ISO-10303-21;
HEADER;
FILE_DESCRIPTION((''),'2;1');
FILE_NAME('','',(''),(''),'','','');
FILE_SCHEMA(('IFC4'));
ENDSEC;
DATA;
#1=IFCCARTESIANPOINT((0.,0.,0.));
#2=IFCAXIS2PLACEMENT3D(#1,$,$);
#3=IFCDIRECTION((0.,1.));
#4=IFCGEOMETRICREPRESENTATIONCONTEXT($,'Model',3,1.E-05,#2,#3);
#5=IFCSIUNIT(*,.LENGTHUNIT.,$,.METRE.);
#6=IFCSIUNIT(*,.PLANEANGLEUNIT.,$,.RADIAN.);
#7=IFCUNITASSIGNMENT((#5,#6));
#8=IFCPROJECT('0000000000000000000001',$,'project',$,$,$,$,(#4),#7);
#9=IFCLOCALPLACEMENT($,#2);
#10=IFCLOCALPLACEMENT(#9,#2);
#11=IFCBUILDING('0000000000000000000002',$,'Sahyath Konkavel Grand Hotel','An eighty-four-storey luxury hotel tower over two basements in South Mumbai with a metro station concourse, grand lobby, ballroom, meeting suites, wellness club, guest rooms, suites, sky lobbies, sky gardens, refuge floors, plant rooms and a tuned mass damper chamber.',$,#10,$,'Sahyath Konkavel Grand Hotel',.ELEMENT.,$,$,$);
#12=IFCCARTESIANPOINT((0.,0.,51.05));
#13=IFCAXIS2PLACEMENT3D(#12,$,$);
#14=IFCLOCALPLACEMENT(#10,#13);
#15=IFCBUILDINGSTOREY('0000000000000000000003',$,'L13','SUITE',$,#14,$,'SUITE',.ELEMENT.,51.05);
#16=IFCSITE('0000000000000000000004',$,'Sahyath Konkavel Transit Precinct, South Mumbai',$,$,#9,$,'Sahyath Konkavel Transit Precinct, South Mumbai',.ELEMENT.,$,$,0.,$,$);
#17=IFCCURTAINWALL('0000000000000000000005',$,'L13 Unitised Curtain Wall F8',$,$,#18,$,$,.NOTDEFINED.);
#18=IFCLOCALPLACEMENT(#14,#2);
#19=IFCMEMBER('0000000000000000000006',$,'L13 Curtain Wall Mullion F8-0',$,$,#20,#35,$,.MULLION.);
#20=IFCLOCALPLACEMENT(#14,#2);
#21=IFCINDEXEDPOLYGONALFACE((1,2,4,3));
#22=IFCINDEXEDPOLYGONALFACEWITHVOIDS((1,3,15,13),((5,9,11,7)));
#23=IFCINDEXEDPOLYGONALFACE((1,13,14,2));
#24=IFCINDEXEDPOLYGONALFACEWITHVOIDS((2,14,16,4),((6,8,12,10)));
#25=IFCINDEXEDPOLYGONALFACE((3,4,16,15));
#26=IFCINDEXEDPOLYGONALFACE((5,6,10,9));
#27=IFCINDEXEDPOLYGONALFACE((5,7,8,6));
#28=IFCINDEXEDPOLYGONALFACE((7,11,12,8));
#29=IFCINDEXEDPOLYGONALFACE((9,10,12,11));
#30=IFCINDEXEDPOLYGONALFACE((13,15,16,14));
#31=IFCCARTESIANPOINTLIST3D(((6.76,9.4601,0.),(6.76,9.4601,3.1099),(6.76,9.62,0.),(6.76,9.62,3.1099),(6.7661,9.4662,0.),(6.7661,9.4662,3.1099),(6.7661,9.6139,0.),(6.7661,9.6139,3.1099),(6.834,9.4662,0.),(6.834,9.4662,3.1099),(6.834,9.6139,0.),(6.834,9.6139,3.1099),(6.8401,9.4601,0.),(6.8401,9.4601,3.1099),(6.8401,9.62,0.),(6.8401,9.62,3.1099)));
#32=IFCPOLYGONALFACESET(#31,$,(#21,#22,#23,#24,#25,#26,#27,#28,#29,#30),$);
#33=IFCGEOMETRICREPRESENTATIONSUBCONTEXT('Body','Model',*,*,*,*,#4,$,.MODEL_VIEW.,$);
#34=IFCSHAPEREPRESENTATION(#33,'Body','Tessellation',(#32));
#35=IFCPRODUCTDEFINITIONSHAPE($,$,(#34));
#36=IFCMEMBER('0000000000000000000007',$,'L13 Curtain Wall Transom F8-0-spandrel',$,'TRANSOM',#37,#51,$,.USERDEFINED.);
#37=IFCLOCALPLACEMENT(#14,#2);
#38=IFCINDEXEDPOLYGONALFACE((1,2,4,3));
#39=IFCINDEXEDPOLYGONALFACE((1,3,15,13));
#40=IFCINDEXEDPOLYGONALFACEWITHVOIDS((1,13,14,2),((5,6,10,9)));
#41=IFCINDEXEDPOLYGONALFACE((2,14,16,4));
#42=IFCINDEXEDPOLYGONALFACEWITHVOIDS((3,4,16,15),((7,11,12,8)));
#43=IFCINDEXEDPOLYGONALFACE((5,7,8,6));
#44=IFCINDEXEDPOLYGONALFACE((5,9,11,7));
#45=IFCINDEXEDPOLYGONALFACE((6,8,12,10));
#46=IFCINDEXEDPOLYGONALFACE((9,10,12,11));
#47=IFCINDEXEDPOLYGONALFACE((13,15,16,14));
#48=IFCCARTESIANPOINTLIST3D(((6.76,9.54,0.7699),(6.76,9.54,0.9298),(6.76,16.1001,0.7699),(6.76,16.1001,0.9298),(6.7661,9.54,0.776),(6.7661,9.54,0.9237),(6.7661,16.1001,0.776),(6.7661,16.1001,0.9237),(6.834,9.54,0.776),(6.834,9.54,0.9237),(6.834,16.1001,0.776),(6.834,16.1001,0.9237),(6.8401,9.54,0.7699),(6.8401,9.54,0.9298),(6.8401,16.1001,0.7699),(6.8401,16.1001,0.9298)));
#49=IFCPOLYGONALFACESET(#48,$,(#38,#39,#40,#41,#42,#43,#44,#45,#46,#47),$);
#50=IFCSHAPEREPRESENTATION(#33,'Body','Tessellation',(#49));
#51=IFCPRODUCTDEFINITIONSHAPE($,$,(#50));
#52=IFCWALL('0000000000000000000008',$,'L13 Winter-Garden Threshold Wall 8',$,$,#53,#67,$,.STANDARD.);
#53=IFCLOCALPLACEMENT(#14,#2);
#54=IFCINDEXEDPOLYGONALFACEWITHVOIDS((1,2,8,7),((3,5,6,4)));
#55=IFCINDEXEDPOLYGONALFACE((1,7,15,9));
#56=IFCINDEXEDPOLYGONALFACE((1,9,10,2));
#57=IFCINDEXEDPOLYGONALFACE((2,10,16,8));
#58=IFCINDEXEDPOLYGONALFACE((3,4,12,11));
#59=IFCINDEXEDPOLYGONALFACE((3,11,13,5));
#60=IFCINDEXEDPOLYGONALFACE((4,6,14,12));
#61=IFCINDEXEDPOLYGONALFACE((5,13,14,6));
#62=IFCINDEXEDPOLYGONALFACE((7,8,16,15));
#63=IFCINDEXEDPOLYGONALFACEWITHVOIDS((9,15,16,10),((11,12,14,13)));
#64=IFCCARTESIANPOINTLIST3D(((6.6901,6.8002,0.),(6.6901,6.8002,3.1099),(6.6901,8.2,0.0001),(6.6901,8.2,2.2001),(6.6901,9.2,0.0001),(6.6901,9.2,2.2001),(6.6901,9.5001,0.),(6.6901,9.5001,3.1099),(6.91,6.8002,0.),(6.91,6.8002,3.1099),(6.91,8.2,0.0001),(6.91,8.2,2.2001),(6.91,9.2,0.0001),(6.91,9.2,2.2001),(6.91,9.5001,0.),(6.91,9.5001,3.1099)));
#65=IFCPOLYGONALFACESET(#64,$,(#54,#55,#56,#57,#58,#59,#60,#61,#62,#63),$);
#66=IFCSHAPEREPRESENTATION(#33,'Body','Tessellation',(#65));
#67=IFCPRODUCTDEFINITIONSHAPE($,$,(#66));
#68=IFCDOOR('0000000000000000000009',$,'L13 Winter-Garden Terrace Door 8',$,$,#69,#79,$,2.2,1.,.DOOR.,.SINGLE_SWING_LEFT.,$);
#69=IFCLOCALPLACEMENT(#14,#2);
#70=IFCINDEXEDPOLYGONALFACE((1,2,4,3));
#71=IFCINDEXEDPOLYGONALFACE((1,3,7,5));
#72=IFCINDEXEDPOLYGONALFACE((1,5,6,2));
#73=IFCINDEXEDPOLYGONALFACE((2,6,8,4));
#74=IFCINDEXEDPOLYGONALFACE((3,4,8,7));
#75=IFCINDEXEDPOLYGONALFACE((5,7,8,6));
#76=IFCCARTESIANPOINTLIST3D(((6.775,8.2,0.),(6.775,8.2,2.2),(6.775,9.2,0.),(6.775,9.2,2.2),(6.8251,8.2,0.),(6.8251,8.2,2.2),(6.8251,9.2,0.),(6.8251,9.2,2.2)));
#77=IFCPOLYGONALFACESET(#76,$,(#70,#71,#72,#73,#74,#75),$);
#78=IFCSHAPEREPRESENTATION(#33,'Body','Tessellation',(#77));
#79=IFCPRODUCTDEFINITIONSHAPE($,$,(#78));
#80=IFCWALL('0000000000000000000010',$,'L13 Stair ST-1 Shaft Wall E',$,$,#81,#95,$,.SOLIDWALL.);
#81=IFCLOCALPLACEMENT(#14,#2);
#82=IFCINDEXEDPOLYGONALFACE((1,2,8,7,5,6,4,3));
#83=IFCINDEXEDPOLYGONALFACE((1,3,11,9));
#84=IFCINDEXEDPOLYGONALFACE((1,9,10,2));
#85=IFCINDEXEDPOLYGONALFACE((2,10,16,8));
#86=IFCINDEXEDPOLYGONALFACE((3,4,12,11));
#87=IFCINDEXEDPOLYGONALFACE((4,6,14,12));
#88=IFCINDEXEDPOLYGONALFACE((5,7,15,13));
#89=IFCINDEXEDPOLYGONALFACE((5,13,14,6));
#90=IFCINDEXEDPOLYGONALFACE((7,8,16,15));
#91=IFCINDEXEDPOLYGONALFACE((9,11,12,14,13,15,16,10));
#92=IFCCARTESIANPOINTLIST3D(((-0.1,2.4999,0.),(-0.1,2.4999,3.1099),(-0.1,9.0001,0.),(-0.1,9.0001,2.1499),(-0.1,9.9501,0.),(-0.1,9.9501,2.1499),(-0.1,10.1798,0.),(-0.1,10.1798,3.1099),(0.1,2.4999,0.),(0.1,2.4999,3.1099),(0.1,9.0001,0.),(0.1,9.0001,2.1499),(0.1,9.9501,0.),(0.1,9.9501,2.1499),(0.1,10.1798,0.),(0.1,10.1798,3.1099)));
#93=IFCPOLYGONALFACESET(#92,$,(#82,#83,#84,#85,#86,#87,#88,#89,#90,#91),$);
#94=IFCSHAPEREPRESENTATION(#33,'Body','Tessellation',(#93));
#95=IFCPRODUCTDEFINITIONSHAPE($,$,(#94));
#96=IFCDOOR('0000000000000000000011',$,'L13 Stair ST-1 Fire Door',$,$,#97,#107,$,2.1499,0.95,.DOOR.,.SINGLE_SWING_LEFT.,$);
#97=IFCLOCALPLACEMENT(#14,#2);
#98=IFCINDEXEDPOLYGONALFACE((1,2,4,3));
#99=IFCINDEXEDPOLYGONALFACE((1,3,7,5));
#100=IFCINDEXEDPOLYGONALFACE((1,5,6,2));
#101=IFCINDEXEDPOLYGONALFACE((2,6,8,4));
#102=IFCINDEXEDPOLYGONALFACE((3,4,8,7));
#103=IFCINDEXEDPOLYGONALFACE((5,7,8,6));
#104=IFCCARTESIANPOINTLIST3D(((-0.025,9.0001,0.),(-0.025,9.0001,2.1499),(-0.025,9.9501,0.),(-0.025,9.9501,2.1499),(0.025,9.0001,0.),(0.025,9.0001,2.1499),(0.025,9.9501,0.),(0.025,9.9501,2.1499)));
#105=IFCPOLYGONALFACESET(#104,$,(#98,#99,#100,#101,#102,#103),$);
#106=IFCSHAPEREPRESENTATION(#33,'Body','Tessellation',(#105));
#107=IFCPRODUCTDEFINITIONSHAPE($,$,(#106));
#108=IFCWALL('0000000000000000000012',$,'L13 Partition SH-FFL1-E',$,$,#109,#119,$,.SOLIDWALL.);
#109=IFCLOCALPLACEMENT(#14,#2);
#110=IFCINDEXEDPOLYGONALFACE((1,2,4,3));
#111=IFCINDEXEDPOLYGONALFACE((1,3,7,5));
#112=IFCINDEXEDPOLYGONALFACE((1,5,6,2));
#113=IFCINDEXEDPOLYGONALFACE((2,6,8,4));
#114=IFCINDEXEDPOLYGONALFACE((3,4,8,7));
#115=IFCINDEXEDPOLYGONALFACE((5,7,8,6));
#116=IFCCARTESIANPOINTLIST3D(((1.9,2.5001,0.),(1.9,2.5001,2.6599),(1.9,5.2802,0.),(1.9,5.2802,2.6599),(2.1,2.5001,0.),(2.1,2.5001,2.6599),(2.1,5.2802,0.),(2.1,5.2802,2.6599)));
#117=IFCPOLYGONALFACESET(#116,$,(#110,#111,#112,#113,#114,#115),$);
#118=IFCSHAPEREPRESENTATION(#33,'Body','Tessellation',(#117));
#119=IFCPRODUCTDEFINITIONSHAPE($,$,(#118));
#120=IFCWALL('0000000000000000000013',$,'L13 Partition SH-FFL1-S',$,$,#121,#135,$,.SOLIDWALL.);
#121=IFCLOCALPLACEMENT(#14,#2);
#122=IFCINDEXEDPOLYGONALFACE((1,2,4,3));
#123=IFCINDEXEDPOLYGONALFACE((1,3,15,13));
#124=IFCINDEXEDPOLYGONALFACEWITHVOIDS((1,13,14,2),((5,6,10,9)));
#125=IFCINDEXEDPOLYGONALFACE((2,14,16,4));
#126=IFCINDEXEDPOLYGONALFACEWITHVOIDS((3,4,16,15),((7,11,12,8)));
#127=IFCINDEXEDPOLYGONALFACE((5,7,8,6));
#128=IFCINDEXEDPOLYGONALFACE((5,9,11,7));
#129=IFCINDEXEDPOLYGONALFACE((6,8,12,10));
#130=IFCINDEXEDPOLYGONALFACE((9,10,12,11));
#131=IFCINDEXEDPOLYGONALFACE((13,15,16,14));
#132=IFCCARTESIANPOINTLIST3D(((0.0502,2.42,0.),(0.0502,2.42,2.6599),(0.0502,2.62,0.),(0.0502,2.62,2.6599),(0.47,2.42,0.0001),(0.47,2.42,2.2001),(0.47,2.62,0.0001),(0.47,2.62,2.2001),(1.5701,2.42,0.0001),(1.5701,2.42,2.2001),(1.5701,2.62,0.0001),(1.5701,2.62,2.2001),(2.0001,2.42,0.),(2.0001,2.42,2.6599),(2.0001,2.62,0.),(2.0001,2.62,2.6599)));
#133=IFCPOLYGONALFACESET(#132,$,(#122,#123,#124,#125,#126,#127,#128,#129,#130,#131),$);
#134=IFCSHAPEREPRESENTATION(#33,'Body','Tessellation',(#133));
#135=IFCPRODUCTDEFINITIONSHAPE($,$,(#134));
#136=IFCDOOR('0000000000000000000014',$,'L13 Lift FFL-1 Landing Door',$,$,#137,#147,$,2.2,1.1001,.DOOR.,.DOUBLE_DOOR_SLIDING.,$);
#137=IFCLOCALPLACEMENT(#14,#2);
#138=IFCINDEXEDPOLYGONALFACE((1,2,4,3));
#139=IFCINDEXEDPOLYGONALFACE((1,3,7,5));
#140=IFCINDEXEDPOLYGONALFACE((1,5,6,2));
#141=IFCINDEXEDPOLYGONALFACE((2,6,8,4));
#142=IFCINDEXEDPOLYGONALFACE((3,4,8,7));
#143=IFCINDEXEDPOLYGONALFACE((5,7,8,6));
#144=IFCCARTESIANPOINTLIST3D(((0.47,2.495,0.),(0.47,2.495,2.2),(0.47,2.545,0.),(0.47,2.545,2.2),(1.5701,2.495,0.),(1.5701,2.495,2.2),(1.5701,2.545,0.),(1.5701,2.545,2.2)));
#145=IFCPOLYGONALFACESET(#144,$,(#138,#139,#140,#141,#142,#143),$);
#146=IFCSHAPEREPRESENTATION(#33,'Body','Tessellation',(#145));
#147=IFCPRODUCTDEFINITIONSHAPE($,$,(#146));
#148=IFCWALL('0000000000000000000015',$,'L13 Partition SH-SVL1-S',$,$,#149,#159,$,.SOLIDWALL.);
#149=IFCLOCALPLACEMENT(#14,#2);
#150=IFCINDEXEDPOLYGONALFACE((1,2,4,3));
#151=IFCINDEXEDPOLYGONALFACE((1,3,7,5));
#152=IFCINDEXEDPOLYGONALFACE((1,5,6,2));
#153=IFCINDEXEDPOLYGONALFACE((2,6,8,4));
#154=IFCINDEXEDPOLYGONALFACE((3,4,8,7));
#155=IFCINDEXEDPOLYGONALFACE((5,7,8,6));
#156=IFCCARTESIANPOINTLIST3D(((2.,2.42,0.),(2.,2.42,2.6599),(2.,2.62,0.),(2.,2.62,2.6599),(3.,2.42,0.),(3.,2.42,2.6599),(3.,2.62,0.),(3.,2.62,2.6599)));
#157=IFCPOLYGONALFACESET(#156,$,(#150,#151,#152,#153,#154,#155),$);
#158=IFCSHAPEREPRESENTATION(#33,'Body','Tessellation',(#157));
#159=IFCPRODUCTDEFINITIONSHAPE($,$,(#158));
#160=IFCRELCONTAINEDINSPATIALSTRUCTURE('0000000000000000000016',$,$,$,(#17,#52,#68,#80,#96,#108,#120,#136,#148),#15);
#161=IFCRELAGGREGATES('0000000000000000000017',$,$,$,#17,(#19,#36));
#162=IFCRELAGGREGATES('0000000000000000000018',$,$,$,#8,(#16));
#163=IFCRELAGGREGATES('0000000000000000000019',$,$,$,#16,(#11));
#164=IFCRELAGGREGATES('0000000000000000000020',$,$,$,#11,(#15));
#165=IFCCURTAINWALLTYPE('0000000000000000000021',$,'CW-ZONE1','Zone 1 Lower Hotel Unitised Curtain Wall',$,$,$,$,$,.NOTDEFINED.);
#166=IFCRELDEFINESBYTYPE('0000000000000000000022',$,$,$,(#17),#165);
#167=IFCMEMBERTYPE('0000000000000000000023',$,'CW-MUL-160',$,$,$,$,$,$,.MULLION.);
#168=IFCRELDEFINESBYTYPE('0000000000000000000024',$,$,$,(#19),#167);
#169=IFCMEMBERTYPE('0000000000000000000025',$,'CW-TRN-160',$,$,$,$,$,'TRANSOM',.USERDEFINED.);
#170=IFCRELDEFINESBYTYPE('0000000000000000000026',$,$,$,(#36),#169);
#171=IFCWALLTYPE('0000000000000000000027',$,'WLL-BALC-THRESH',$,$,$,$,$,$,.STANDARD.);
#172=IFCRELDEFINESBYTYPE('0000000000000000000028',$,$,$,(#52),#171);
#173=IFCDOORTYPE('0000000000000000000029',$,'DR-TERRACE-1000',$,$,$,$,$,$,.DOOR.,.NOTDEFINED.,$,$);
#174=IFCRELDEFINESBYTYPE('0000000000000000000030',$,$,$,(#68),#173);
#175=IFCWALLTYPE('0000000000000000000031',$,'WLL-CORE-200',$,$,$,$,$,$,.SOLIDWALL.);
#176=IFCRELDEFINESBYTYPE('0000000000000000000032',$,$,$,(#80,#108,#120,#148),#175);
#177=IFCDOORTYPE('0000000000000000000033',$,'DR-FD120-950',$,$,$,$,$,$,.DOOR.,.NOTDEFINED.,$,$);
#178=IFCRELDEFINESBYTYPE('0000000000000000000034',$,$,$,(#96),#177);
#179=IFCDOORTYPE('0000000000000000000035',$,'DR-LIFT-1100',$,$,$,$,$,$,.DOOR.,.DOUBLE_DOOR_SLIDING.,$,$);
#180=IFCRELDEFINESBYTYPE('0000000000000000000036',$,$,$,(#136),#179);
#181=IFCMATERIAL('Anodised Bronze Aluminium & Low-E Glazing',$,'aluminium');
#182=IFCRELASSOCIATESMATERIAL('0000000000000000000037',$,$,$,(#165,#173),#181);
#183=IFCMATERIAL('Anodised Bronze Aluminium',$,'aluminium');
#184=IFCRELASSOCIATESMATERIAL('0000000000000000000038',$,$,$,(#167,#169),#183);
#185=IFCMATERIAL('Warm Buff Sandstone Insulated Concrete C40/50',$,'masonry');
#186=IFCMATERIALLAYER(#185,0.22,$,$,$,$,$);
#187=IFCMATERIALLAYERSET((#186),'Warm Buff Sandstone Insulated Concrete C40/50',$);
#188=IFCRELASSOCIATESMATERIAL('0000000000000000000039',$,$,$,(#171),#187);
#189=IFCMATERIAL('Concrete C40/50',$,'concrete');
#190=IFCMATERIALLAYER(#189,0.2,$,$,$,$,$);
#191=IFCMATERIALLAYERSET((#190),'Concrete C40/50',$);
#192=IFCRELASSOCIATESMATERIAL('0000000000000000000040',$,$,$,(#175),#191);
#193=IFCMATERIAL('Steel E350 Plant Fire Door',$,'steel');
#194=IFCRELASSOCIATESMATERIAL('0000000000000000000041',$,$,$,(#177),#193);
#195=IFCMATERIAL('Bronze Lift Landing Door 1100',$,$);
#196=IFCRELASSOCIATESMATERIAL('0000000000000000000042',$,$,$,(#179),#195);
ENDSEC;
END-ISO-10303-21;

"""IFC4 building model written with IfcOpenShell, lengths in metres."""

from ifc_helpers import new_model, si_unit, direction, frame, frame_2d, origin, origin_2d, place, context, subcontext, project, spatial, rectangle, hollow_rectangle, extrude, source, transform, mapped, material, layer, layer_set, material_profile, profile_set, type_object, element, fill, aggregate, save


model = new_model("IFC4")

# Units and contexts
model_context = context("Model", 3, precision=1e-05, world=origin(), true_north=direction((0.0, 1.0)))
body_context = subcontext(model_context, "Body", "Model", "MODEL_VIEW")
ifc_project = project(units=[si_unit("LENGTHUNIT", "METRE"), si_unit("PLANEANGLEUNIT", "RADIAN")], contexts=[model_context])

# Site, building, storey
site_placement = place(None, origin())
site = spatial("IfcSite", under=ifc_project, at=site_placement, Name="Sahyath Konkavel Transit Precinct, South Mumbai", LongName="Sahyath Konkavel Transit Precinct, South Mumbai", CompositionType="ELEMENT", RefElevation=0.0)
building_placement = place(site_placement, origin())
building = spatial("IfcBuilding", under=site, at=building_placement, Name="Sahyath Konkavel Grand Hotel", Description="An eighty-four-storey luxury hotel tower over two basements in South Mumbai with a metro station concourse, grand lobby, ballroom, meeting suites, wellness club, guest rooms, suites, sky lobbies, sky gardens, refuge floors, plant rooms and a tuned mass damper chamber.", LongName="Sahyath Konkavel Grand Hotel", CompositionType="ELEMENT")
storey_placement = place(building_placement, frame((0.0, 0.0, 51.05)))
storey = spatial("IfcBuildingStorey", under=building, at=storey_placement, Name="L13", Description="SUITE", LongName="SUITE", CompositionType="ELEMENT", Elevation=51.05)

# Curtain wall, members
ifc_material_1 = material(Name="Anodised Bronze Aluminium & Low-E Glazing", Category="aluminium")
curtain_wall_type = type_object("IfcCurtainWallType", Name="CW-ZONE1", Description="Zone 1 Lower Hotel Unitised Curtain Wall", PredefinedType="NOTDEFINED", material=ifc_material_1)
curtain_wall_placement = place(storey_placement, origin())
curtain_wall = element("IfcCurtainWall", 1, at=curtain_wall_placement, inside=storey, type_object=curtain_wall_type, Name="L13 Unitised Curtain Wall F8", PredefinedType="NOTDEFINED")
ifc_material_2 = material(Name="Anodised Bronze Aluminium", Category="aluminium")
ifc_material_profile_1 = material_profile(ifc_material_2, hollow_rectangle(XDim=0.0801, YDim=0.1599, WallThickness=0.0061, at=origin_2d()), Name="RHS 160x80x6")
ifc_profile_set_1 = profile_set([ifc_material_profile_1], Name="Anodised Bronze Aluminium")
member_type_1 = type_object("IfcMemberType", Name="CW-MUL-160", PredefinedType="MULLION", material=ifc_profile_set_1)
shared_shape_1 = source(origin(), body_context, "Body", "SweptSolid", [
    extrude(hollow_rectangle(XDim=0.0801, YDim=0.1599, WallThickness=0.0061, at=origin_2d()), origin(), (0.0, 0.0, 1.0), 3.1099),
])
member_1_placement = place(storey_placement, frame((6.8, 9.54, 0.0), z_axis=(0.0, 0.0, 1.0), x_axis=(1.0, 0.0, 0.0)))
member_1 = element("IfcMember", 2, at=member_1_placement, type_object=member_type_1, Name="L13 Curtain Wall Mullion F8-0", PredefinedType="MULLION", context=body_context, shape_type="MappedRepresentation", body=[
    mapped(shared_shape_1, transform((0.0, 0.0, 0.0), scale=1.0)),
])
ifc_material_profile_2 = material_profile(ifc_material_2, hollow_rectangle(XDim=0.0801, YDim=0.1599, WallThickness=0.0061, at=origin_2d()), Name="RHS 160x80x6")
ifc_profile_set_2 = profile_set([ifc_material_profile_2], Name="Anodised Bronze Aluminium")
member_type_2 = type_object("IfcMemberType", Name="CW-TRN-160", ElementType="TRANSOM", PredefinedType="USERDEFINED", material=ifc_profile_set_2)
shared_shape_2 = source(origin(), body_context, "Body", "SweptSolid", [
    extrude(hollow_rectangle(XDim=0.0801, YDim=0.1599, WallThickness=0.0061, at=origin_2d()), origin(), (0.0, 0.0, 1.0), 6.5601),
])
member_2_placement = place(storey_placement, frame((6.8, 9.54, 0.8499), z_axis=(0.0, 1.0, 0.0), x_axis=(-1.0, 0.0, 0.0)))
member_2 = element("IfcMember", 3, at=member_2_placement, type_object=member_type_2, Name="L13 Curtain Wall Transom F8-0-spandrel", ObjectType="TRANSOM", PredefinedType="USERDEFINED", context=body_context, shape_type="MappedRepresentation", body=[
    mapped(shared_shape_2, transform((0.0, 0.0, 0.0), scale=1.0)),
])
aggregate(curtain_wall, [member_1, member_2])

# Walls, openings, doors
ifc_material_3 = material(Name="Warm Buff Sandstone Insulated Concrete C40/50", Category="masonry")
ifc_layer_1 = layer(ifc_material_3, 0.22)
ifc_layer_set_1 = layer_set([ifc_layer_1], Name="Warm Buff Sandstone Insulated Concrete C40/50")
wall_type_1 = type_object("IfcWallType", Name="WLL-BALC-THRESH", PredefinedType="STANDARD", material=ifc_layer_set_1)
wall_1_placement = place(storey_placement, frame((6.8, 6.8, 0.0), z_axis=(0.0, 0.0, 1.0), x_axis=(0.0, 1.0, 0.0)))
wall_1 = element("IfcWall", 4, at=wall_1_placement, inside=storey, type_object=wall_type_1, Name="L13 Winter-Garden Threshold Wall 8", PredefinedType="STANDARD", context=body_context, shape_type="SweptSolid", body=[
    extrude(rectangle(XDim=2.7, YDim=0.22, at=frame_2d((1.3501, 0.0))), origin(), (0.0, 0.0, 1.0), 3.1099),
])
opening_1_placement = place(wall_1_placement, frame((1.3999, 0.0, 0.0)))
opening_1 = element("IfcOpeningElement", 5, at=opening_1_placement, cuts=wall_1, PredefinedType="OPENING", context=body_context, shape_type="SweptSolid", body=[
    extrude(rectangle(XDim=1.0, YDim=2.2, at=frame_2d((0.5, 1.1001))), frame((0.0, 0.1201, 0.0), z_axis=(0.0, -1.0, 0.0), x_axis=(1.0, 0.0, 0.0)), (0.0, 0.0, 1.0), 0.24),
])
door_type_1 = type_object("IfcDoorType", Name="DR-TERRACE-1000", OperationType="NOTDEFINED", PredefinedType="DOOR", material=ifc_material_1)
shared_shape_3 = source(origin(), body_context, "Body", "SweptSolid", [
    extrude(rectangle(XDim=1.0, YDim=0.05, at=origin_2d()), origin(), (0.0, 0.0, 1.0), 2.2),
])
door_1_placement = place(opening_1_placement, frame((0.5, 0.0, 0.0)))
door_1 = element("IfcDoor", 6, at=door_1_placement, inside=storey, type_object=door_type_1, Name="L13 Winter-Garden Terrace Door 8", OperationType="SINGLE_SWING_LEFT", OverallHeight=2.2, OverallWidth=1.0, PredefinedType="DOOR", context=body_context, shape_type="MappedRepresentation", body=[
    mapped(shared_shape_3, transform((0.0, 0.0, 0.0), scale=1.0)),
])
fill(opening_1, door_1)
ifc_material_4 = material(Name="Concrete C40/50", Category="concrete")
ifc_layer_2 = layer(ifc_material_4, 0.2)
ifc_layer_set_2 = layer_set([ifc_layer_2], Name="Concrete C40/50")
wall_type_2 = type_object("IfcWallType", Name="WLL-CORE-200", PredefinedType="SOLIDWALL", material=ifc_layer_set_2)
wall_2_placement = place(storey_placement, frame((0.0, 2.5, 0.0), z_axis=(0.0, 0.0, 1.0), x_axis=(0.0, 1.0, 0.0)))
wall_2 = element("IfcWall", 7, at=wall_2_placement, inside=storey, type_object=wall_type_2, Name="L13 Stair ST-1 Shaft Wall E", PredefinedType="SOLIDWALL", context=body_context, shape_type="SweptSolid", body=[
    extrude(rectangle(XDim=7.6799, YDim=0.2, at=frame_2d((3.8398, 0.0))), origin(), (0.0, 0.0, 1.0), 3.1099),
])
opening_2_placement = place(wall_2_placement, frame((6.5, 0.0, 0.0)))
opening_2 = element("IfcOpeningElement", 8, at=opening_2_placement, cuts=wall_2, PredefinedType="OPENING", context=body_context, shape_type="SweptSolid", body=[
    extrude(rectangle(XDim=0.95, YDim=2.1499, at=frame_2d((0.4751, 1.075))), frame((0.0, 0.1099, 0.0), z_axis=(0.0, -1.0, 0.0), x_axis=(1.0, 0.0, 0.0)), (0.0, 0.0, 1.0), 0.22),
])
ifc_material_5 = material(Name="Steel E350 Plant Fire Door", Category="steel")
door_type_2 = type_object("IfcDoorType", Name="DR-FD120-950", OperationType="NOTDEFINED", PredefinedType="DOOR", material=ifc_material_5)
shared_shape_4 = source(origin(), body_context, "Body", "SweptSolid", [
    extrude(rectangle(XDim=0.95, YDim=0.05, at=origin_2d()), origin(), (0.0, 0.0, 1.0), 2.1499),
])
door_2_placement = place(opening_2_placement, frame((0.4751, 0.0, 0.0)))
door_2 = element("IfcDoor", 9, at=door_2_placement, inside=storey, type_object=door_type_2, Name="L13 Stair ST-1 Fire Door", OperationType="SINGLE_SWING_LEFT", OverallHeight=2.1499, OverallWidth=0.95, PredefinedType="DOOR", context=body_context, shape_type="MappedRepresentation", body=[
    mapped(shared_shape_4, transform((0.0, 0.0, 0.0), scale=1.0)),
])
fill(opening_2, door_2)

# Wall
wall_3_placement = place(storey_placement, frame((2.0, 2.5, 0.0), z_axis=(0.0, 0.0, 1.0), x_axis=(0.0, 1.0, 0.0)))
element("IfcWall", 10, at=wall_3_placement, inside=storey, type_object=wall_type_2, Name="L13 Partition SH-FFL1-E", PredefinedType="SOLIDWALL", context=body_context, shape_type="SweptSolid", body=[
    extrude(rectangle(XDim=2.78, YDim=0.2, at=frame_2d((1.3901, 0.0))), origin(), (0.0, 0.0, 1.0), 2.6599),
])

# Wall, opening, door
wall_4_placement = place(storey_placement, frame((0.05, 2.52, 0.0), z_axis=(0.0, 0.0, 1.0), x_axis=(1.0, 0.0, 0.0)))
wall_4 = element("IfcWall", 11, at=wall_4_placement, inside=storey, type_object=wall_type_2, Name="L13 Partition SH-FFL1-S", PredefinedType="SOLIDWALL", context=body_context, shape_type="SweptSolid", body=[
    extrude(rectangle(XDim=1.95, YDim=0.2, at=frame_2d((0.9751, 0.0))), origin(), (0.0, 0.0, 1.0), 2.6599),
])
opening_3_placement = place(wall_4_placement, frame((0.4199, 0.0, 0.0)))
opening_3 = element("IfcOpeningElement", 12, at=opening_3_placement, cuts=wall_4, PredefinedType="OPENING", context=body_context, shape_type="SweptSolid", body=[
    extrude(rectangle(XDim=1.1001, YDim=2.2, at=frame_2d((0.55, 1.1001))), frame((0.0, 0.1099, 0.0), z_axis=(0.0, -1.0, 0.0), x_axis=(1.0, 0.0, 0.0)), (0.0, 0.0, 1.0), 0.22),
])
ifc_material_6 = material(Name="Bronze Lift Landing Door 1100")
door_type_3 = type_object("IfcDoorType", Name="DR-LIFT-1100", OperationType="DOUBLE_DOOR_SLIDING", PredefinedType="DOOR", material=ifc_material_6)
shared_shape_5 = source(origin(), body_context, "Body", "SweptSolid", [
    extrude(rectangle(XDim=1.1001, YDim=0.05, at=origin_2d()), origin(), (0.0, 0.0, 1.0), 2.2),
])
door_3_placement = place(opening_3_placement, frame((0.55, 0.0, 0.0)))
door_3 = element("IfcDoor", 13, at=door_3_placement, inside=storey, type_object=door_type_3, Name="L13 Lift FFL-1 Landing Door", OperationType="DOUBLE_DOOR_SLIDING", OverallHeight=2.2, OverallWidth=1.1001, PredefinedType="DOOR", context=body_context, shape_type="MappedRepresentation", body=[
    mapped(shared_shape_5, transform((0.0, 0.0, 0.0), scale=1.0)),
])
fill(opening_3, door_3)

# Wall
wall_5_placement = place(storey_placement, frame((2.0, 2.52, 0.0), z_axis=(0.0, 0.0, 1.0), x_axis=(1.0, 0.0, 0.0)))
element("IfcWall", 14, at=wall_5_placement, inside=storey, type_object=wall_type_2, Name="L13 Partition SH-SVL1-S", PredefinedType="SOLIDWALL", context=body_context, shape_type="SweptSolid", body=[
    extrude(rectangle(XDim=1.0, YDim=0.2, at=frame_2d((0.5, 0.0))), origin(), (0.0, 0.0, 1.0), 2.6599),
])

save(model, "model.ifc")
